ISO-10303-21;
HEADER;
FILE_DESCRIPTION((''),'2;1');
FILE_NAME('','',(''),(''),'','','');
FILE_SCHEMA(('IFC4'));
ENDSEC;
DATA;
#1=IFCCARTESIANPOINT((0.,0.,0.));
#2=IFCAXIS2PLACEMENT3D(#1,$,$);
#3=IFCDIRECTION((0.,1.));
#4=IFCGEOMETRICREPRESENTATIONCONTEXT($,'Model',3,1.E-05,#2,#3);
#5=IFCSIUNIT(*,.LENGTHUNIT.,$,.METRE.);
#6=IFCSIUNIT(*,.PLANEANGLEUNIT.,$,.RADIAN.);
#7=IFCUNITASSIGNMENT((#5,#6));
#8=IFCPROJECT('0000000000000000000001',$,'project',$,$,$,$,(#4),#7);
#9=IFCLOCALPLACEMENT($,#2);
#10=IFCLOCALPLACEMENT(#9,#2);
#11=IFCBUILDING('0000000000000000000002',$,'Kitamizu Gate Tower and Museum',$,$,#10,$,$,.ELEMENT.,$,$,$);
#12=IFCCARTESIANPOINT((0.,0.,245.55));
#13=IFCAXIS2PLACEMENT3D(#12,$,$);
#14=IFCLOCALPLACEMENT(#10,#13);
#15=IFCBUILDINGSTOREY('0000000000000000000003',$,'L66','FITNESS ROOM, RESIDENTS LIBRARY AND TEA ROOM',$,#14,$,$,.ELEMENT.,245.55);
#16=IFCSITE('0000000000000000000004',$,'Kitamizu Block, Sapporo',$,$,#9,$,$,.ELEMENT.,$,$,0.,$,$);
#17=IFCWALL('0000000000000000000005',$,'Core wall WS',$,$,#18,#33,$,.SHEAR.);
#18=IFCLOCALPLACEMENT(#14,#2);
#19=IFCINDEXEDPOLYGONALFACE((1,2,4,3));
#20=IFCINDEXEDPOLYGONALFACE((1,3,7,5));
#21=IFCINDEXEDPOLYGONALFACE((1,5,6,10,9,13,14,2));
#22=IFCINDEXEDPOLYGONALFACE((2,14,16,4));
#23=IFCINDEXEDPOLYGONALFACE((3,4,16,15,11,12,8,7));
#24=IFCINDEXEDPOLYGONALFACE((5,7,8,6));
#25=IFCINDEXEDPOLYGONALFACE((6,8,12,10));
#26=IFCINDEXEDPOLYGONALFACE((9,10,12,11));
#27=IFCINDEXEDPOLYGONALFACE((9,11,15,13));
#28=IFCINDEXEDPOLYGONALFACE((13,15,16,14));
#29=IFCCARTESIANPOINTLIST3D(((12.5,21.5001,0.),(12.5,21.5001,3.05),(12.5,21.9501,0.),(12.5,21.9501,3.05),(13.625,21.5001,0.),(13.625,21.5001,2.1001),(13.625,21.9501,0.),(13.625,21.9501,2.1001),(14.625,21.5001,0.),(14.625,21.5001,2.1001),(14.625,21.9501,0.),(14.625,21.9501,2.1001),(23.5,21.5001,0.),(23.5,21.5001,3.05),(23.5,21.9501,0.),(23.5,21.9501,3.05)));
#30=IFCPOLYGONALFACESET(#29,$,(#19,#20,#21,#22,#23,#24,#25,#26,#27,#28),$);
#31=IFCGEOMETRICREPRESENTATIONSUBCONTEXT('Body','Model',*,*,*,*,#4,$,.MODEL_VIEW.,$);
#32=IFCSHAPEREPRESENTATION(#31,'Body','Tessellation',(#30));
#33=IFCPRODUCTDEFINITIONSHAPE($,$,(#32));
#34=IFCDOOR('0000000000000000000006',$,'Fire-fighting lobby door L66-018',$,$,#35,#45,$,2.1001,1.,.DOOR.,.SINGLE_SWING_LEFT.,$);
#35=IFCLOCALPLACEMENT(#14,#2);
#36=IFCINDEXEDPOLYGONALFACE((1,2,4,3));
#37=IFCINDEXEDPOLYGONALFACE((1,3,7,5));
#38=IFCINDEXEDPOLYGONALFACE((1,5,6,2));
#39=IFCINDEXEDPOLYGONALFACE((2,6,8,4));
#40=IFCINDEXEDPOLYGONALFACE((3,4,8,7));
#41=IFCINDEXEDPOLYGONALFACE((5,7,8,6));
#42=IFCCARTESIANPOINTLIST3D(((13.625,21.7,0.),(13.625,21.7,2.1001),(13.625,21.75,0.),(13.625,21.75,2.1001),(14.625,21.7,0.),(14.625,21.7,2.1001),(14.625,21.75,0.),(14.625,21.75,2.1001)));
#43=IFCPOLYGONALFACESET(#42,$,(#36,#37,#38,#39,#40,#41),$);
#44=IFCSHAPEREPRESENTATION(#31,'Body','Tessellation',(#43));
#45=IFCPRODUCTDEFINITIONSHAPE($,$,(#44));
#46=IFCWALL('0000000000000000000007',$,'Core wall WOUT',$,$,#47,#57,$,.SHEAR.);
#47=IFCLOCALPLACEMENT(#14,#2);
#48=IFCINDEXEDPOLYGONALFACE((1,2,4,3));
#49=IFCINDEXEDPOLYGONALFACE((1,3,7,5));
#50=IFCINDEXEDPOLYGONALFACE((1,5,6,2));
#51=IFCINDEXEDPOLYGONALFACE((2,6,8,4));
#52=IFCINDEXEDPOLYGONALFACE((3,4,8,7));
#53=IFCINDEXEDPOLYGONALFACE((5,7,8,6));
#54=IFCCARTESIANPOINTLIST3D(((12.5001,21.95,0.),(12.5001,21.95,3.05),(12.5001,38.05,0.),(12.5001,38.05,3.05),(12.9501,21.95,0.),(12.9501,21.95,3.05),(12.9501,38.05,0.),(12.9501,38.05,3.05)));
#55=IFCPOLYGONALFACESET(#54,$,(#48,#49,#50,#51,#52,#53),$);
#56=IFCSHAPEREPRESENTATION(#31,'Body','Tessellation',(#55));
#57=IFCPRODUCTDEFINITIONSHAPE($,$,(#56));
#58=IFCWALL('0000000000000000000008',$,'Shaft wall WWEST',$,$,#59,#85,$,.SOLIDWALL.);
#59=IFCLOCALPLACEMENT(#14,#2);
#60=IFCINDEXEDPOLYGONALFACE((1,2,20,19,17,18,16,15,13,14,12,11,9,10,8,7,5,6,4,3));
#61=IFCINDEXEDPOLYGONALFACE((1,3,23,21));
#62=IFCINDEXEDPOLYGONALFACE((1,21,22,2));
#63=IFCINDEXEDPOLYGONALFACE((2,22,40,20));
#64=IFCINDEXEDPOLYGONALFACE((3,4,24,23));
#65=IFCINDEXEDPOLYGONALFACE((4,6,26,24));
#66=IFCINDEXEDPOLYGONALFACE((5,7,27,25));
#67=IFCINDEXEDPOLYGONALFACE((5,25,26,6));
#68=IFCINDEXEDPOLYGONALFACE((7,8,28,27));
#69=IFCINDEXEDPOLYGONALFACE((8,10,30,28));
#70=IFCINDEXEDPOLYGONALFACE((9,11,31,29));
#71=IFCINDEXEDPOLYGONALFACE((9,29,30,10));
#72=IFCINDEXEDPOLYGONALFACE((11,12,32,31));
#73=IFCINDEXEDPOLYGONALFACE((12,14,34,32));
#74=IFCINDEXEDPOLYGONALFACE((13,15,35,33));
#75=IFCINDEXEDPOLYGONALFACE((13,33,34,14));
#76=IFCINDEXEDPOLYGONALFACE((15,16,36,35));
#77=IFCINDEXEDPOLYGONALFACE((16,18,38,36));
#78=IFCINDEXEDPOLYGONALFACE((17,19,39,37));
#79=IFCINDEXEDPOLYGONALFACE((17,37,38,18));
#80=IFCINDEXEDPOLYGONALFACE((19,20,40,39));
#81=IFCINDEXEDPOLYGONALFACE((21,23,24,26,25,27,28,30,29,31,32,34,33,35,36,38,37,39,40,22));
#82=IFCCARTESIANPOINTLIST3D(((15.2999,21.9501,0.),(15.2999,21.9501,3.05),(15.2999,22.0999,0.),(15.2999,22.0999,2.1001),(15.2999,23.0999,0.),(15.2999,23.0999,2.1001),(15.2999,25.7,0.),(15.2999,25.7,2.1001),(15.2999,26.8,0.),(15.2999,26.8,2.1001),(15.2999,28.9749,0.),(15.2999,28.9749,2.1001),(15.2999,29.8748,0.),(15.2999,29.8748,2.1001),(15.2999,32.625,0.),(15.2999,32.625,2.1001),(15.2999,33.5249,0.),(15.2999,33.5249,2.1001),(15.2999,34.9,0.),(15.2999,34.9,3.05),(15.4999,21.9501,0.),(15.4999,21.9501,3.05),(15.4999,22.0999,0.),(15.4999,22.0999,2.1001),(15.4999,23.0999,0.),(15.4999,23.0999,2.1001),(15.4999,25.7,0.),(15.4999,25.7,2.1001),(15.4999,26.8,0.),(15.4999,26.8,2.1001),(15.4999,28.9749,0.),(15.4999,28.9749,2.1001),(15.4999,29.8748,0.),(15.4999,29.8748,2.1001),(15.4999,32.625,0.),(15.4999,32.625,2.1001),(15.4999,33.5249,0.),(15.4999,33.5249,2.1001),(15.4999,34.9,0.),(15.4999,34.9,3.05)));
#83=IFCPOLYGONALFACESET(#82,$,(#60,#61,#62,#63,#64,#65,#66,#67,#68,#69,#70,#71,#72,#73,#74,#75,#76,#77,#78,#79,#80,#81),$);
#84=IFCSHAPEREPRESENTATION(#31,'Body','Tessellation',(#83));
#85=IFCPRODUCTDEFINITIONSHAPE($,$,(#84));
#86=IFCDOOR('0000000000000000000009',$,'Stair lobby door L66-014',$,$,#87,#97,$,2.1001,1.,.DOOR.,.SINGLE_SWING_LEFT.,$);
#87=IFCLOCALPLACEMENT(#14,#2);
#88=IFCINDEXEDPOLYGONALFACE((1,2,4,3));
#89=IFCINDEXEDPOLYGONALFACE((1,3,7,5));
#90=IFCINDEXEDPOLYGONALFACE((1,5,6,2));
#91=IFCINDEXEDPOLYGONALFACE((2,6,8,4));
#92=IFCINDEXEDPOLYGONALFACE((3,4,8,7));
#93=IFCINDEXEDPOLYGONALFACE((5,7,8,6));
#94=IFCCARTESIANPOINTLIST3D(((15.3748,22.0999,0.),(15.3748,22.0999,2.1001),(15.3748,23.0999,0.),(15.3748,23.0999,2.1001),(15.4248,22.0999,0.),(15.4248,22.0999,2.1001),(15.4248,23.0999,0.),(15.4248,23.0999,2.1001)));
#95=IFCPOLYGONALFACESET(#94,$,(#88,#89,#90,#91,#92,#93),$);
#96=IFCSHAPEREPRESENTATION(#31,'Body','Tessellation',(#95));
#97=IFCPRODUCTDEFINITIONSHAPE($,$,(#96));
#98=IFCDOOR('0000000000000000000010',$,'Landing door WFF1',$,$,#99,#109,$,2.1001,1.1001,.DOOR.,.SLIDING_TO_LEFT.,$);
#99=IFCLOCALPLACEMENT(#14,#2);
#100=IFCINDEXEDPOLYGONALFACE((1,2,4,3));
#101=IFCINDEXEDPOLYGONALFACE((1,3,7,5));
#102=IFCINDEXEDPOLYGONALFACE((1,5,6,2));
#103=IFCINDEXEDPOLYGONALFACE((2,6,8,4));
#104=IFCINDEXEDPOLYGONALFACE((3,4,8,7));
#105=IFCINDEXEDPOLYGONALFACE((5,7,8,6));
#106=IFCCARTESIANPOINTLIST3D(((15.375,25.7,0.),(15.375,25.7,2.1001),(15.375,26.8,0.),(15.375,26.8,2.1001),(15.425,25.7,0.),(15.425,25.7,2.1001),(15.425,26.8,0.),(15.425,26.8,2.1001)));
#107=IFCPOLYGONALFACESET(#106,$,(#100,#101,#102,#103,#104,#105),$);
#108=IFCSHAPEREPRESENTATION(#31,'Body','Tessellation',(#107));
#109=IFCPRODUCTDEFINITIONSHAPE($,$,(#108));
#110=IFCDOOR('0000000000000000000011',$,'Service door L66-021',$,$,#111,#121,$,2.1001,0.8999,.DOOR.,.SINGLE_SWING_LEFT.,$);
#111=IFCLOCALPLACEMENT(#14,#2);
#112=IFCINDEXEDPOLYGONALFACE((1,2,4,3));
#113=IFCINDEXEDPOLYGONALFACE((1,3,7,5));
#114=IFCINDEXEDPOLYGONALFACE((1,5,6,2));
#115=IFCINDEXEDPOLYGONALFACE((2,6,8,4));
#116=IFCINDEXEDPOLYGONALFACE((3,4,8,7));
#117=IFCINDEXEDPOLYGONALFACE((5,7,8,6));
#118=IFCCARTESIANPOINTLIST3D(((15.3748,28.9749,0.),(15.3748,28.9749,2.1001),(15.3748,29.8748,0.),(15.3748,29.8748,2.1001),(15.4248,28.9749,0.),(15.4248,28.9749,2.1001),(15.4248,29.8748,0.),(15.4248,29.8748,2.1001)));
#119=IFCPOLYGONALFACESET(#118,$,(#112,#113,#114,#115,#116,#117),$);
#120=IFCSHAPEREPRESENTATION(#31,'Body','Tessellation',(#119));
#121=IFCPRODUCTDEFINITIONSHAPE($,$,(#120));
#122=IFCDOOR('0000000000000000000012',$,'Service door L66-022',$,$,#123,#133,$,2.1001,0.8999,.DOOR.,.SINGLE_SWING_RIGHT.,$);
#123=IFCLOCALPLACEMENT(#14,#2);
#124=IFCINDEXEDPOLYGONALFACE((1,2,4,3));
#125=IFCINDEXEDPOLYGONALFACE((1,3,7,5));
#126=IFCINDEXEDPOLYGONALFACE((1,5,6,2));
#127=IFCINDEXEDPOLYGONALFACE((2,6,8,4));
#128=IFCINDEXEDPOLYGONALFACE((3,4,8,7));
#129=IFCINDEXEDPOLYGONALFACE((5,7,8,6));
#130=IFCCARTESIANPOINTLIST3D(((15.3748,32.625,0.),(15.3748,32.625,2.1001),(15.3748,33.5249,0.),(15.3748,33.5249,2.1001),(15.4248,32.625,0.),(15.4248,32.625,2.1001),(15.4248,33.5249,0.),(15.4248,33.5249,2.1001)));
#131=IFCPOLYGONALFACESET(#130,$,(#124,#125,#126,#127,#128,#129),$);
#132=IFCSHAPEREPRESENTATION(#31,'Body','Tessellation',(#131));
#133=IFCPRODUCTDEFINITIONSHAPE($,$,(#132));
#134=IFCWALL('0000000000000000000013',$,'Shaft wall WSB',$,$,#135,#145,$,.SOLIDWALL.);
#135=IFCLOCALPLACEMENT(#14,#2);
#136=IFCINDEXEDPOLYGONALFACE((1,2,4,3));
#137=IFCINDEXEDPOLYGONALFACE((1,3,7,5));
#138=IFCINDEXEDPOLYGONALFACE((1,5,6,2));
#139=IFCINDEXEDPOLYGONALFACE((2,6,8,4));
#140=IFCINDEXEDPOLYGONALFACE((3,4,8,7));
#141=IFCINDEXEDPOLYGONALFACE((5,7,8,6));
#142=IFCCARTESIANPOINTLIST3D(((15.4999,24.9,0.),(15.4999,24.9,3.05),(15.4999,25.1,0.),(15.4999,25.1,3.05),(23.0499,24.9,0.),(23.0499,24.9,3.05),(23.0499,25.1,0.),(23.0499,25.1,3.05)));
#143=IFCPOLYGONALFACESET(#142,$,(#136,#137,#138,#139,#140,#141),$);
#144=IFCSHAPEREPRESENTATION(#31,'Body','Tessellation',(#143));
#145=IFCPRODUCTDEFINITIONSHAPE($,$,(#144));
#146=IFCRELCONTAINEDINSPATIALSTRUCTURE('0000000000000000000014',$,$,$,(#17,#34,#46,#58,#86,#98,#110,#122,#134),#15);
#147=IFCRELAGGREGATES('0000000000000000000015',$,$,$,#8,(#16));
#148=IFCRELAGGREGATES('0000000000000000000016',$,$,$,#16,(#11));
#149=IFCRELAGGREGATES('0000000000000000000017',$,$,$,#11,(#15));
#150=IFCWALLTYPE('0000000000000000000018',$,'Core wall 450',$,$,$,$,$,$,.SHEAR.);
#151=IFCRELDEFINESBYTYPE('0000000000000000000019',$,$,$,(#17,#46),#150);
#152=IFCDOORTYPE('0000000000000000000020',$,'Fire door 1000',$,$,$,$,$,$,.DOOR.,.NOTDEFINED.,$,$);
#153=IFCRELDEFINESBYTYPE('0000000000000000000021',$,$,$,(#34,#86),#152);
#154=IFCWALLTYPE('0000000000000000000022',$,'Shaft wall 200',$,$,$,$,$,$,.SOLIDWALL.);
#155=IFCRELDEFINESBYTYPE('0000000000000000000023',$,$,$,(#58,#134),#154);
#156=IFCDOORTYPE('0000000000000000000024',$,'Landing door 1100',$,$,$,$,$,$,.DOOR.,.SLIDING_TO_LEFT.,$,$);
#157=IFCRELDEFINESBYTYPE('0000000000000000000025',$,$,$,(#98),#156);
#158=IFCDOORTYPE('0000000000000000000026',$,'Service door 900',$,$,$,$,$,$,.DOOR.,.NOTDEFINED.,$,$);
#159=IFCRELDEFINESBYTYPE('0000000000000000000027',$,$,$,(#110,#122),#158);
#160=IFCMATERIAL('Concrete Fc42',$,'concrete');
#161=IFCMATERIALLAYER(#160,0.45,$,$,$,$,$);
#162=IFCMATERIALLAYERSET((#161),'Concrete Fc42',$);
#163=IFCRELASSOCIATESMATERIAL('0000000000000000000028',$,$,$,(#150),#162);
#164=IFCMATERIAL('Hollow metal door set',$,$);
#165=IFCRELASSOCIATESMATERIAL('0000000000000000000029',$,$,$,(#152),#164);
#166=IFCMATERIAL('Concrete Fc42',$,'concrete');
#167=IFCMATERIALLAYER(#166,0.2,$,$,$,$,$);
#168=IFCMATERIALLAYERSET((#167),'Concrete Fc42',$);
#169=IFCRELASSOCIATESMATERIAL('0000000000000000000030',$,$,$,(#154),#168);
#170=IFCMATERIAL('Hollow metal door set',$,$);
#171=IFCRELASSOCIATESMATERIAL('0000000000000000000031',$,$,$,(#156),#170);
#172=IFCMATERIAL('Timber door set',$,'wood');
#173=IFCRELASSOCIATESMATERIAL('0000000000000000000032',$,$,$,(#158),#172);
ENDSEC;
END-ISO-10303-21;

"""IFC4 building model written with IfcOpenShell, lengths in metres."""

from ifc_helpers import new_model, si_unit, direction, frame, frame_2d, origin, place, context, subcontext, project, spatial, rectangle, extrude, material, layer, layer_set, type_object, element, fill, save


model = new_model("IFC4")

# Units and contexts
model_context = context("Model", 3, precision=1e-05, world=origin(), true_north=direction((0.0, 1.0)))
body_context = subcontext(model_context, "Body", "Model", "MODEL_VIEW")
ifc_project = project(units=[si_unit("LENGTHUNIT", "METRE"), si_unit("PLANEANGLEUNIT", "RADIAN")], contexts=[model_context])

# Site, building, storey
site_placement = place(None, origin())
site = spatial("IfcSite", under=ifc_project, at=site_placement, Name="Kitamizu Block, Sapporo", CompositionType="ELEMENT", RefElevation=0.0)
building_placement = place(site_placement, origin())
building = spatial("IfcBuilding", under=site, at=building_placement, Name="Kitamizu Gate Tower and Museum", CompositionType="ELEMENT")
storey_placement = place(building_placement, frame((0.0, 0.0, 245.55)))
storey = spatial("IfcBuildingStorey", under=building, at=storey_placement, Name="L66", Description="FITNESS ROOM, RESIDENTS LIBRARY AND TEA ROOM", CompositionType="ELEMENT", Elevation=245.55)

# Wall, opening, door
ifc_material_1 = material(Name="Concrete Fc42", Category="concrete")
ifc_layer_1 = layer(ifc_material_1, 0.45)
ifc_layer_set_1 = layer_set([ifc_layer_1], Name="Concrete Fc42")
wall_type_1 = type_object("IfcWallType", Name="Core wall 450", PredefinedType="SHEAR", material=ifc_layer_set_1)
wall_1_placement = place(storey_placement, frame((12.5, 21.7251, 0.0), z_axis=(0.0, 0.0, 1.0), x_axis=(1.0, 0.0, 0.0)))
wall_1 = element("IfcWall", 1, at=wall_1_placement, inside=storey, type_object=wall_type_1, Name="Core wall WS", PredefinedType="SHEAR", context=body_context, shape_type="SweptSolid", body=[
    extrude(rectangle(XDim=11.0, YDim=0.45, at=frame_2d((5.5, 0.0))), origin(), (0.0, 0.0, 1.0), 3.05),
])
opening_1_placement = place(wall_1_placement, frame((1.125, 0.0, 0.0)))
opening_1 = element("IfcOpeningElement", 2, at=opening_1_placement, cuts=wall_1, PredefinedType="OPENING", context=body_context, shape_type="SweptSolid", body=[
    extrude(rectangle(XDim=1.0, YDim=2.1001, at=frame_2d((0.5, 1.05))), frame((0.0, 0.2349, 0.0), z_axis=(0.0, -1.0, 0.0), x_axis=(1.0, 0.0, 0.0)), (0.0, 0.0, 1.0), 0.47),
])
ifc_material_2 = material(Name="Hollow metal door set")
door_type_1 = type_object("IfcDoorType", Name="Fire door 1000", OperationType="NOTDEFINED", PredefinedType="DOOR", material=ifc_material_2)
door_1_placement = place(opening_1_placement, origin())
door_1 = element("IfcDoor", 3, at=door_1_placement, inside=storey, type_object=door_type_1, Name="Fire-fighting lobby door L66-018", OperationType="SINGLE_SWING_LEFT", OverallHeight=2.1001, OverallWidth=1.0, PredefinedType="DOOR", context=body_context, shape_type="SweptSolid", body=[
    extrude(rectangle(XDim=1.0, YDim=2.1001, at=frame_2d((0.5, 1.05))), frame((0.0, 0.0249, 0.0), z_axis=(0.0, -1.0, 0.0), x_axis=(1.0, 0.0, 0.0)), (0.0, 0.0, 1.0), 0.05),
])
fill(opening_1, door_1)

# Wall
wall_2_placement = place(storey_placement, frame((12.7251, 21.95, 0.0), z_axis=(0.0, 0.0, 1.0), x_axis=(0.0, 1.0, 0.0)))
element("IfcWall", 4, at=wall_2_placement, inside=storey, type_object=wall_type_1, Name="Core wall WOUT", PredefinedType="SHEAR", context=body_context, shape_type="SweptSolid", body=[
    extrude(rectangle(XDim=16.1001, YDim=0.45, at=frame_2d((8.05, 0.0))), origin(), (0.0, 0.0, 1.0), 3.05),
])

# Wall, openings, doors
ifc_material_3 = material(Name="Concrete Fc42", Category="concrete")
ifc_layer_2 = layer(ifc_material_3, 0.2)
ifc_layer_set_2 = layer_set([ifc_layer_2], Name="Concrete Fc42")
wall_type_2 = type_object("IfcWallType", Name="Shaft wall 200", PredefinedType="SOLIDWALL", material=ifc_layer_set_2)
wall_3_placement = place(storey_placement, frame((15.3999, 21.95, 0.0), z_axis=(0.0, 0.0, 1.0), x_axis=(0.0, 1.0, 0.0)))
wall_3 = element("IfcWall", 5, at=wall_3_placement, inside=storey, type_object=wall_type_2, Name="Shaft wall WWEST", PredefinedType="SOLIDWALL", context=body_context, shape_type="SweptSolid", body=[
    extrude(rectangle(XDim=12.95, YDim=0.2, at=frame_2d((6.4751, 0.0))), origin(), (0.0, 0.0, 1.0), 3.05),
])
opening_2_placement = place(wall_3_placement, frame((3.75, 0.0, 0.0)))
opening_2 = element("IfcOpeningElement", 6, at=opening_2_placement, cuts=wall_3, PredefinedType="OPENING", context=body_context, shape_type="SweptSolid", body=[
    extrude(rectangle(XDim=1.1001, YDim=2.1001, at=frame_2d((0.55, 1.05))), frame((0.0, 0.1099, 0.0), z_axis=(0.0, -1.0, 0.0), x_axis=(1.0, 0.0, 0.0)), (0.0, 0.0, 1.0), 0.22),
])
opening_3_placement = place(wall_3_placement, frame((0.1499, 0.0, 0.0)))
opening_3 = element("IfcOpeningElement", 7, at=opening_3_placement, cuts=wall_3, PredefinedType="OPENING", context=body_context, shape_type="SweptSolid", body=[
    extrude(rectangle(XDim=1.0, YDim=2.1001, at=frame_2d((0.5, 1.05))), frame((0.0, 0.1099, 0.0), z_axis=(0.0, -1.0, 0.0), x_axis=(1.0, 0.0, 0.0)), (0.0, 0.0, 1.0), 0.22),
])
opening_4_placement = place(wall_3_placement, frame((7.0249, 0.0, 0.0)))
opening_4 = element("IfcOpeningElement", 8, at=opening_4_placement, cuts=wall_3, PredefinedType="OPENING", context=body_context, shape_type="SweptSolid", body=[
    extrude(rectangle(XDim=0.8999, YDim=2.1001, at=frame_2d((0.45, 1.05))), frame((0.0, 0.1099, 0.0), z_axis=(0.0, -1.0, 0.0), x_axis=(1.0, 0.0, 0.0)), (0.0, 0.0, 1.0), 0.22),
])
opening_5_placement = place(wall_3_placement, frame((10.675, 0.0, 0.0)))
opening_5 = element("IfcOpeningElement", 9, at=opening_5_placement, cuts=wall_3, PredefinedType="OPENING", context=body_context, shape_type="SweptSolid", body=[
    extrude(rectangle(XDim=0.8999, YDim=2.1001, at=frame_2d((0.45, 1.05))), frame((0.0, 0.1099, 0.0), z_axis=(0.0, -1.0, 0.0), x_axis=(1.0, 0.0, 0.0)), (0.0, 0.0, 1.0), 0.22),
])
door_2_placement = place(opening_3_placement, frame((1.0, 0.0, 0.0), x_axis=(-1.0, 0.0, 0.0)))
door_2 = element("IfcDoor", 10, at=door_2_placement, inside=storey, type_object=door_type_1, Name="Stair lobby door L66-014", OperationType="SINGLE_SWING_LEFT", OverallHeight=2.1001, OverallWidth=1.0, PredefinedType="DOOR", context=body_context, shape_type="SweptSolid", body=[
    extrude(rectangle(XDim=1.0, YDim=2.1001, at=frame_2d((0.5, 1.05))), frame((0.0, 0.0249, 0.0), z_axis=(0.0, -1.0, 0.0), x_axis=(1.0, 0.0, 0.0)), (0.0, 0.0, 1.0), 0.05),
])
fill(opening_3, door_2)
ifc_material_4 = material(Name="Hollow metal door set")
door_type_2 = type_object("IfcDoorType", Name="Landing door 1100", OperationType="SLIDING_TO_LEFT", PredefinedType="DOOR", material=ifc_material_4)
door_3_placement = place(opening_2_placement, origin())
door_3 = element("IfcDoor", 11, at=door_3_placement, inside=storey, type_object=door_type_2, Name="Landing door WFF1", OperationType="SLIDING_TO_LEFT", OverallHeight=2.1001, OverallWidth=1.1001, PredefinedType="DOOR", context=body_context, shape_type="SweptSolid", body=[
    extrude(rectangle(XDim=1.1001, YDim=2.1001, at=frame_2d((0.55, 1.05))), frame((0.0, 0.0249, 0.0), z_axis=(0.0, -1.0, 0.0), x_axis=(1.0, 0.0, 0.0)), (0.0, 0.0, 1.0), 0.05),
])
fill(opening_2, door_3)
ifc_material_5 = material(Name="Timber door set", Category="wood")
door_type_3 = type_object("IfcDoorType", Name="Service door 900", OperationType="NOTDEFINED", PredefinedType="DOOR", material=ifc_material_5)
door_4_placement = place(opening_4_placement, frame((0.8999, 0.0, 0.0), x_axis=(-1.0, 0.0, 0.0)))
door_4 = element("IfcDoor", 12, at=door_4_placement, inside=storey, type_object=door_type_3, Name="Service door L66-021", OperationType="SINGLE_SWING_LEFT", OverallHeight=2.1001, OverallWidth=0.8999, PredefinedType="DOOR", context=body_context, shape_type="SweptSolid", body=[
    extrude(rectangle(XDim=0.8999, YDim=2.1001, at=frame_2d((0.45, 1.05))), frame((0.0, 0.0249, 0.0), z_axis=(0.0, -1.0, 0.0), x_axis=(1.0, 0.0, 0.0)), (0.0, 0.0, 1.0), 0.05),
])
fill(opening_4, door_4)
door_5_placement = place(opening_5_placement, frame((0.8999, 0.0, 0.0), x_axis=(-1.0, 0.0, 0.0)))
door_5 = element("IfcDoor", 13, at=door_5_placement, inside=storey, type_object=door_type_3, Name="Service door L66-022", OperationType="SINGLE_SWING_RIGHT", OverallHeight=2.1001, OverallWidth=0.8999, PredefinedType="DOOR", context=body_context, shape_type="SweptSolid", body=[
    extrude(rectangle(XDim=0.8999, YDim=2.1001, at=frame_2d((0.45, 1.05))), frame((0.0, 0.0249, 0.0), z_axis=(0.0, -1.0, 0.0), x_axis=(1.0, 0.0, 0.0)), (0.0, 0.0, 1.0), 0.05),
])
fill(opening_5, door_5)

# Wall
wall_4_placement = place(storey_placement, frame((15.5, 25.0, 0.0), z_axis=(0.0, 0.0, 1.0), x_axis=(1.0, 0.0, 0.0)))
element("IfcWall", 14, at=wall_4_placement, inside=storey, type_object=wall_type_2, Name="Shaft wall WSB", PredefinedType="SOLIDWALL", context=body_context, shape_type="SweptSolid", body=[
    extrude(rectangle(XDim=7.55, YDim=0.2, at=frame_2d((3.7749, 0.0))), origin(), (0.0, 0.0, 1.0), 3.05),
])

save(model, "model.ifc")
